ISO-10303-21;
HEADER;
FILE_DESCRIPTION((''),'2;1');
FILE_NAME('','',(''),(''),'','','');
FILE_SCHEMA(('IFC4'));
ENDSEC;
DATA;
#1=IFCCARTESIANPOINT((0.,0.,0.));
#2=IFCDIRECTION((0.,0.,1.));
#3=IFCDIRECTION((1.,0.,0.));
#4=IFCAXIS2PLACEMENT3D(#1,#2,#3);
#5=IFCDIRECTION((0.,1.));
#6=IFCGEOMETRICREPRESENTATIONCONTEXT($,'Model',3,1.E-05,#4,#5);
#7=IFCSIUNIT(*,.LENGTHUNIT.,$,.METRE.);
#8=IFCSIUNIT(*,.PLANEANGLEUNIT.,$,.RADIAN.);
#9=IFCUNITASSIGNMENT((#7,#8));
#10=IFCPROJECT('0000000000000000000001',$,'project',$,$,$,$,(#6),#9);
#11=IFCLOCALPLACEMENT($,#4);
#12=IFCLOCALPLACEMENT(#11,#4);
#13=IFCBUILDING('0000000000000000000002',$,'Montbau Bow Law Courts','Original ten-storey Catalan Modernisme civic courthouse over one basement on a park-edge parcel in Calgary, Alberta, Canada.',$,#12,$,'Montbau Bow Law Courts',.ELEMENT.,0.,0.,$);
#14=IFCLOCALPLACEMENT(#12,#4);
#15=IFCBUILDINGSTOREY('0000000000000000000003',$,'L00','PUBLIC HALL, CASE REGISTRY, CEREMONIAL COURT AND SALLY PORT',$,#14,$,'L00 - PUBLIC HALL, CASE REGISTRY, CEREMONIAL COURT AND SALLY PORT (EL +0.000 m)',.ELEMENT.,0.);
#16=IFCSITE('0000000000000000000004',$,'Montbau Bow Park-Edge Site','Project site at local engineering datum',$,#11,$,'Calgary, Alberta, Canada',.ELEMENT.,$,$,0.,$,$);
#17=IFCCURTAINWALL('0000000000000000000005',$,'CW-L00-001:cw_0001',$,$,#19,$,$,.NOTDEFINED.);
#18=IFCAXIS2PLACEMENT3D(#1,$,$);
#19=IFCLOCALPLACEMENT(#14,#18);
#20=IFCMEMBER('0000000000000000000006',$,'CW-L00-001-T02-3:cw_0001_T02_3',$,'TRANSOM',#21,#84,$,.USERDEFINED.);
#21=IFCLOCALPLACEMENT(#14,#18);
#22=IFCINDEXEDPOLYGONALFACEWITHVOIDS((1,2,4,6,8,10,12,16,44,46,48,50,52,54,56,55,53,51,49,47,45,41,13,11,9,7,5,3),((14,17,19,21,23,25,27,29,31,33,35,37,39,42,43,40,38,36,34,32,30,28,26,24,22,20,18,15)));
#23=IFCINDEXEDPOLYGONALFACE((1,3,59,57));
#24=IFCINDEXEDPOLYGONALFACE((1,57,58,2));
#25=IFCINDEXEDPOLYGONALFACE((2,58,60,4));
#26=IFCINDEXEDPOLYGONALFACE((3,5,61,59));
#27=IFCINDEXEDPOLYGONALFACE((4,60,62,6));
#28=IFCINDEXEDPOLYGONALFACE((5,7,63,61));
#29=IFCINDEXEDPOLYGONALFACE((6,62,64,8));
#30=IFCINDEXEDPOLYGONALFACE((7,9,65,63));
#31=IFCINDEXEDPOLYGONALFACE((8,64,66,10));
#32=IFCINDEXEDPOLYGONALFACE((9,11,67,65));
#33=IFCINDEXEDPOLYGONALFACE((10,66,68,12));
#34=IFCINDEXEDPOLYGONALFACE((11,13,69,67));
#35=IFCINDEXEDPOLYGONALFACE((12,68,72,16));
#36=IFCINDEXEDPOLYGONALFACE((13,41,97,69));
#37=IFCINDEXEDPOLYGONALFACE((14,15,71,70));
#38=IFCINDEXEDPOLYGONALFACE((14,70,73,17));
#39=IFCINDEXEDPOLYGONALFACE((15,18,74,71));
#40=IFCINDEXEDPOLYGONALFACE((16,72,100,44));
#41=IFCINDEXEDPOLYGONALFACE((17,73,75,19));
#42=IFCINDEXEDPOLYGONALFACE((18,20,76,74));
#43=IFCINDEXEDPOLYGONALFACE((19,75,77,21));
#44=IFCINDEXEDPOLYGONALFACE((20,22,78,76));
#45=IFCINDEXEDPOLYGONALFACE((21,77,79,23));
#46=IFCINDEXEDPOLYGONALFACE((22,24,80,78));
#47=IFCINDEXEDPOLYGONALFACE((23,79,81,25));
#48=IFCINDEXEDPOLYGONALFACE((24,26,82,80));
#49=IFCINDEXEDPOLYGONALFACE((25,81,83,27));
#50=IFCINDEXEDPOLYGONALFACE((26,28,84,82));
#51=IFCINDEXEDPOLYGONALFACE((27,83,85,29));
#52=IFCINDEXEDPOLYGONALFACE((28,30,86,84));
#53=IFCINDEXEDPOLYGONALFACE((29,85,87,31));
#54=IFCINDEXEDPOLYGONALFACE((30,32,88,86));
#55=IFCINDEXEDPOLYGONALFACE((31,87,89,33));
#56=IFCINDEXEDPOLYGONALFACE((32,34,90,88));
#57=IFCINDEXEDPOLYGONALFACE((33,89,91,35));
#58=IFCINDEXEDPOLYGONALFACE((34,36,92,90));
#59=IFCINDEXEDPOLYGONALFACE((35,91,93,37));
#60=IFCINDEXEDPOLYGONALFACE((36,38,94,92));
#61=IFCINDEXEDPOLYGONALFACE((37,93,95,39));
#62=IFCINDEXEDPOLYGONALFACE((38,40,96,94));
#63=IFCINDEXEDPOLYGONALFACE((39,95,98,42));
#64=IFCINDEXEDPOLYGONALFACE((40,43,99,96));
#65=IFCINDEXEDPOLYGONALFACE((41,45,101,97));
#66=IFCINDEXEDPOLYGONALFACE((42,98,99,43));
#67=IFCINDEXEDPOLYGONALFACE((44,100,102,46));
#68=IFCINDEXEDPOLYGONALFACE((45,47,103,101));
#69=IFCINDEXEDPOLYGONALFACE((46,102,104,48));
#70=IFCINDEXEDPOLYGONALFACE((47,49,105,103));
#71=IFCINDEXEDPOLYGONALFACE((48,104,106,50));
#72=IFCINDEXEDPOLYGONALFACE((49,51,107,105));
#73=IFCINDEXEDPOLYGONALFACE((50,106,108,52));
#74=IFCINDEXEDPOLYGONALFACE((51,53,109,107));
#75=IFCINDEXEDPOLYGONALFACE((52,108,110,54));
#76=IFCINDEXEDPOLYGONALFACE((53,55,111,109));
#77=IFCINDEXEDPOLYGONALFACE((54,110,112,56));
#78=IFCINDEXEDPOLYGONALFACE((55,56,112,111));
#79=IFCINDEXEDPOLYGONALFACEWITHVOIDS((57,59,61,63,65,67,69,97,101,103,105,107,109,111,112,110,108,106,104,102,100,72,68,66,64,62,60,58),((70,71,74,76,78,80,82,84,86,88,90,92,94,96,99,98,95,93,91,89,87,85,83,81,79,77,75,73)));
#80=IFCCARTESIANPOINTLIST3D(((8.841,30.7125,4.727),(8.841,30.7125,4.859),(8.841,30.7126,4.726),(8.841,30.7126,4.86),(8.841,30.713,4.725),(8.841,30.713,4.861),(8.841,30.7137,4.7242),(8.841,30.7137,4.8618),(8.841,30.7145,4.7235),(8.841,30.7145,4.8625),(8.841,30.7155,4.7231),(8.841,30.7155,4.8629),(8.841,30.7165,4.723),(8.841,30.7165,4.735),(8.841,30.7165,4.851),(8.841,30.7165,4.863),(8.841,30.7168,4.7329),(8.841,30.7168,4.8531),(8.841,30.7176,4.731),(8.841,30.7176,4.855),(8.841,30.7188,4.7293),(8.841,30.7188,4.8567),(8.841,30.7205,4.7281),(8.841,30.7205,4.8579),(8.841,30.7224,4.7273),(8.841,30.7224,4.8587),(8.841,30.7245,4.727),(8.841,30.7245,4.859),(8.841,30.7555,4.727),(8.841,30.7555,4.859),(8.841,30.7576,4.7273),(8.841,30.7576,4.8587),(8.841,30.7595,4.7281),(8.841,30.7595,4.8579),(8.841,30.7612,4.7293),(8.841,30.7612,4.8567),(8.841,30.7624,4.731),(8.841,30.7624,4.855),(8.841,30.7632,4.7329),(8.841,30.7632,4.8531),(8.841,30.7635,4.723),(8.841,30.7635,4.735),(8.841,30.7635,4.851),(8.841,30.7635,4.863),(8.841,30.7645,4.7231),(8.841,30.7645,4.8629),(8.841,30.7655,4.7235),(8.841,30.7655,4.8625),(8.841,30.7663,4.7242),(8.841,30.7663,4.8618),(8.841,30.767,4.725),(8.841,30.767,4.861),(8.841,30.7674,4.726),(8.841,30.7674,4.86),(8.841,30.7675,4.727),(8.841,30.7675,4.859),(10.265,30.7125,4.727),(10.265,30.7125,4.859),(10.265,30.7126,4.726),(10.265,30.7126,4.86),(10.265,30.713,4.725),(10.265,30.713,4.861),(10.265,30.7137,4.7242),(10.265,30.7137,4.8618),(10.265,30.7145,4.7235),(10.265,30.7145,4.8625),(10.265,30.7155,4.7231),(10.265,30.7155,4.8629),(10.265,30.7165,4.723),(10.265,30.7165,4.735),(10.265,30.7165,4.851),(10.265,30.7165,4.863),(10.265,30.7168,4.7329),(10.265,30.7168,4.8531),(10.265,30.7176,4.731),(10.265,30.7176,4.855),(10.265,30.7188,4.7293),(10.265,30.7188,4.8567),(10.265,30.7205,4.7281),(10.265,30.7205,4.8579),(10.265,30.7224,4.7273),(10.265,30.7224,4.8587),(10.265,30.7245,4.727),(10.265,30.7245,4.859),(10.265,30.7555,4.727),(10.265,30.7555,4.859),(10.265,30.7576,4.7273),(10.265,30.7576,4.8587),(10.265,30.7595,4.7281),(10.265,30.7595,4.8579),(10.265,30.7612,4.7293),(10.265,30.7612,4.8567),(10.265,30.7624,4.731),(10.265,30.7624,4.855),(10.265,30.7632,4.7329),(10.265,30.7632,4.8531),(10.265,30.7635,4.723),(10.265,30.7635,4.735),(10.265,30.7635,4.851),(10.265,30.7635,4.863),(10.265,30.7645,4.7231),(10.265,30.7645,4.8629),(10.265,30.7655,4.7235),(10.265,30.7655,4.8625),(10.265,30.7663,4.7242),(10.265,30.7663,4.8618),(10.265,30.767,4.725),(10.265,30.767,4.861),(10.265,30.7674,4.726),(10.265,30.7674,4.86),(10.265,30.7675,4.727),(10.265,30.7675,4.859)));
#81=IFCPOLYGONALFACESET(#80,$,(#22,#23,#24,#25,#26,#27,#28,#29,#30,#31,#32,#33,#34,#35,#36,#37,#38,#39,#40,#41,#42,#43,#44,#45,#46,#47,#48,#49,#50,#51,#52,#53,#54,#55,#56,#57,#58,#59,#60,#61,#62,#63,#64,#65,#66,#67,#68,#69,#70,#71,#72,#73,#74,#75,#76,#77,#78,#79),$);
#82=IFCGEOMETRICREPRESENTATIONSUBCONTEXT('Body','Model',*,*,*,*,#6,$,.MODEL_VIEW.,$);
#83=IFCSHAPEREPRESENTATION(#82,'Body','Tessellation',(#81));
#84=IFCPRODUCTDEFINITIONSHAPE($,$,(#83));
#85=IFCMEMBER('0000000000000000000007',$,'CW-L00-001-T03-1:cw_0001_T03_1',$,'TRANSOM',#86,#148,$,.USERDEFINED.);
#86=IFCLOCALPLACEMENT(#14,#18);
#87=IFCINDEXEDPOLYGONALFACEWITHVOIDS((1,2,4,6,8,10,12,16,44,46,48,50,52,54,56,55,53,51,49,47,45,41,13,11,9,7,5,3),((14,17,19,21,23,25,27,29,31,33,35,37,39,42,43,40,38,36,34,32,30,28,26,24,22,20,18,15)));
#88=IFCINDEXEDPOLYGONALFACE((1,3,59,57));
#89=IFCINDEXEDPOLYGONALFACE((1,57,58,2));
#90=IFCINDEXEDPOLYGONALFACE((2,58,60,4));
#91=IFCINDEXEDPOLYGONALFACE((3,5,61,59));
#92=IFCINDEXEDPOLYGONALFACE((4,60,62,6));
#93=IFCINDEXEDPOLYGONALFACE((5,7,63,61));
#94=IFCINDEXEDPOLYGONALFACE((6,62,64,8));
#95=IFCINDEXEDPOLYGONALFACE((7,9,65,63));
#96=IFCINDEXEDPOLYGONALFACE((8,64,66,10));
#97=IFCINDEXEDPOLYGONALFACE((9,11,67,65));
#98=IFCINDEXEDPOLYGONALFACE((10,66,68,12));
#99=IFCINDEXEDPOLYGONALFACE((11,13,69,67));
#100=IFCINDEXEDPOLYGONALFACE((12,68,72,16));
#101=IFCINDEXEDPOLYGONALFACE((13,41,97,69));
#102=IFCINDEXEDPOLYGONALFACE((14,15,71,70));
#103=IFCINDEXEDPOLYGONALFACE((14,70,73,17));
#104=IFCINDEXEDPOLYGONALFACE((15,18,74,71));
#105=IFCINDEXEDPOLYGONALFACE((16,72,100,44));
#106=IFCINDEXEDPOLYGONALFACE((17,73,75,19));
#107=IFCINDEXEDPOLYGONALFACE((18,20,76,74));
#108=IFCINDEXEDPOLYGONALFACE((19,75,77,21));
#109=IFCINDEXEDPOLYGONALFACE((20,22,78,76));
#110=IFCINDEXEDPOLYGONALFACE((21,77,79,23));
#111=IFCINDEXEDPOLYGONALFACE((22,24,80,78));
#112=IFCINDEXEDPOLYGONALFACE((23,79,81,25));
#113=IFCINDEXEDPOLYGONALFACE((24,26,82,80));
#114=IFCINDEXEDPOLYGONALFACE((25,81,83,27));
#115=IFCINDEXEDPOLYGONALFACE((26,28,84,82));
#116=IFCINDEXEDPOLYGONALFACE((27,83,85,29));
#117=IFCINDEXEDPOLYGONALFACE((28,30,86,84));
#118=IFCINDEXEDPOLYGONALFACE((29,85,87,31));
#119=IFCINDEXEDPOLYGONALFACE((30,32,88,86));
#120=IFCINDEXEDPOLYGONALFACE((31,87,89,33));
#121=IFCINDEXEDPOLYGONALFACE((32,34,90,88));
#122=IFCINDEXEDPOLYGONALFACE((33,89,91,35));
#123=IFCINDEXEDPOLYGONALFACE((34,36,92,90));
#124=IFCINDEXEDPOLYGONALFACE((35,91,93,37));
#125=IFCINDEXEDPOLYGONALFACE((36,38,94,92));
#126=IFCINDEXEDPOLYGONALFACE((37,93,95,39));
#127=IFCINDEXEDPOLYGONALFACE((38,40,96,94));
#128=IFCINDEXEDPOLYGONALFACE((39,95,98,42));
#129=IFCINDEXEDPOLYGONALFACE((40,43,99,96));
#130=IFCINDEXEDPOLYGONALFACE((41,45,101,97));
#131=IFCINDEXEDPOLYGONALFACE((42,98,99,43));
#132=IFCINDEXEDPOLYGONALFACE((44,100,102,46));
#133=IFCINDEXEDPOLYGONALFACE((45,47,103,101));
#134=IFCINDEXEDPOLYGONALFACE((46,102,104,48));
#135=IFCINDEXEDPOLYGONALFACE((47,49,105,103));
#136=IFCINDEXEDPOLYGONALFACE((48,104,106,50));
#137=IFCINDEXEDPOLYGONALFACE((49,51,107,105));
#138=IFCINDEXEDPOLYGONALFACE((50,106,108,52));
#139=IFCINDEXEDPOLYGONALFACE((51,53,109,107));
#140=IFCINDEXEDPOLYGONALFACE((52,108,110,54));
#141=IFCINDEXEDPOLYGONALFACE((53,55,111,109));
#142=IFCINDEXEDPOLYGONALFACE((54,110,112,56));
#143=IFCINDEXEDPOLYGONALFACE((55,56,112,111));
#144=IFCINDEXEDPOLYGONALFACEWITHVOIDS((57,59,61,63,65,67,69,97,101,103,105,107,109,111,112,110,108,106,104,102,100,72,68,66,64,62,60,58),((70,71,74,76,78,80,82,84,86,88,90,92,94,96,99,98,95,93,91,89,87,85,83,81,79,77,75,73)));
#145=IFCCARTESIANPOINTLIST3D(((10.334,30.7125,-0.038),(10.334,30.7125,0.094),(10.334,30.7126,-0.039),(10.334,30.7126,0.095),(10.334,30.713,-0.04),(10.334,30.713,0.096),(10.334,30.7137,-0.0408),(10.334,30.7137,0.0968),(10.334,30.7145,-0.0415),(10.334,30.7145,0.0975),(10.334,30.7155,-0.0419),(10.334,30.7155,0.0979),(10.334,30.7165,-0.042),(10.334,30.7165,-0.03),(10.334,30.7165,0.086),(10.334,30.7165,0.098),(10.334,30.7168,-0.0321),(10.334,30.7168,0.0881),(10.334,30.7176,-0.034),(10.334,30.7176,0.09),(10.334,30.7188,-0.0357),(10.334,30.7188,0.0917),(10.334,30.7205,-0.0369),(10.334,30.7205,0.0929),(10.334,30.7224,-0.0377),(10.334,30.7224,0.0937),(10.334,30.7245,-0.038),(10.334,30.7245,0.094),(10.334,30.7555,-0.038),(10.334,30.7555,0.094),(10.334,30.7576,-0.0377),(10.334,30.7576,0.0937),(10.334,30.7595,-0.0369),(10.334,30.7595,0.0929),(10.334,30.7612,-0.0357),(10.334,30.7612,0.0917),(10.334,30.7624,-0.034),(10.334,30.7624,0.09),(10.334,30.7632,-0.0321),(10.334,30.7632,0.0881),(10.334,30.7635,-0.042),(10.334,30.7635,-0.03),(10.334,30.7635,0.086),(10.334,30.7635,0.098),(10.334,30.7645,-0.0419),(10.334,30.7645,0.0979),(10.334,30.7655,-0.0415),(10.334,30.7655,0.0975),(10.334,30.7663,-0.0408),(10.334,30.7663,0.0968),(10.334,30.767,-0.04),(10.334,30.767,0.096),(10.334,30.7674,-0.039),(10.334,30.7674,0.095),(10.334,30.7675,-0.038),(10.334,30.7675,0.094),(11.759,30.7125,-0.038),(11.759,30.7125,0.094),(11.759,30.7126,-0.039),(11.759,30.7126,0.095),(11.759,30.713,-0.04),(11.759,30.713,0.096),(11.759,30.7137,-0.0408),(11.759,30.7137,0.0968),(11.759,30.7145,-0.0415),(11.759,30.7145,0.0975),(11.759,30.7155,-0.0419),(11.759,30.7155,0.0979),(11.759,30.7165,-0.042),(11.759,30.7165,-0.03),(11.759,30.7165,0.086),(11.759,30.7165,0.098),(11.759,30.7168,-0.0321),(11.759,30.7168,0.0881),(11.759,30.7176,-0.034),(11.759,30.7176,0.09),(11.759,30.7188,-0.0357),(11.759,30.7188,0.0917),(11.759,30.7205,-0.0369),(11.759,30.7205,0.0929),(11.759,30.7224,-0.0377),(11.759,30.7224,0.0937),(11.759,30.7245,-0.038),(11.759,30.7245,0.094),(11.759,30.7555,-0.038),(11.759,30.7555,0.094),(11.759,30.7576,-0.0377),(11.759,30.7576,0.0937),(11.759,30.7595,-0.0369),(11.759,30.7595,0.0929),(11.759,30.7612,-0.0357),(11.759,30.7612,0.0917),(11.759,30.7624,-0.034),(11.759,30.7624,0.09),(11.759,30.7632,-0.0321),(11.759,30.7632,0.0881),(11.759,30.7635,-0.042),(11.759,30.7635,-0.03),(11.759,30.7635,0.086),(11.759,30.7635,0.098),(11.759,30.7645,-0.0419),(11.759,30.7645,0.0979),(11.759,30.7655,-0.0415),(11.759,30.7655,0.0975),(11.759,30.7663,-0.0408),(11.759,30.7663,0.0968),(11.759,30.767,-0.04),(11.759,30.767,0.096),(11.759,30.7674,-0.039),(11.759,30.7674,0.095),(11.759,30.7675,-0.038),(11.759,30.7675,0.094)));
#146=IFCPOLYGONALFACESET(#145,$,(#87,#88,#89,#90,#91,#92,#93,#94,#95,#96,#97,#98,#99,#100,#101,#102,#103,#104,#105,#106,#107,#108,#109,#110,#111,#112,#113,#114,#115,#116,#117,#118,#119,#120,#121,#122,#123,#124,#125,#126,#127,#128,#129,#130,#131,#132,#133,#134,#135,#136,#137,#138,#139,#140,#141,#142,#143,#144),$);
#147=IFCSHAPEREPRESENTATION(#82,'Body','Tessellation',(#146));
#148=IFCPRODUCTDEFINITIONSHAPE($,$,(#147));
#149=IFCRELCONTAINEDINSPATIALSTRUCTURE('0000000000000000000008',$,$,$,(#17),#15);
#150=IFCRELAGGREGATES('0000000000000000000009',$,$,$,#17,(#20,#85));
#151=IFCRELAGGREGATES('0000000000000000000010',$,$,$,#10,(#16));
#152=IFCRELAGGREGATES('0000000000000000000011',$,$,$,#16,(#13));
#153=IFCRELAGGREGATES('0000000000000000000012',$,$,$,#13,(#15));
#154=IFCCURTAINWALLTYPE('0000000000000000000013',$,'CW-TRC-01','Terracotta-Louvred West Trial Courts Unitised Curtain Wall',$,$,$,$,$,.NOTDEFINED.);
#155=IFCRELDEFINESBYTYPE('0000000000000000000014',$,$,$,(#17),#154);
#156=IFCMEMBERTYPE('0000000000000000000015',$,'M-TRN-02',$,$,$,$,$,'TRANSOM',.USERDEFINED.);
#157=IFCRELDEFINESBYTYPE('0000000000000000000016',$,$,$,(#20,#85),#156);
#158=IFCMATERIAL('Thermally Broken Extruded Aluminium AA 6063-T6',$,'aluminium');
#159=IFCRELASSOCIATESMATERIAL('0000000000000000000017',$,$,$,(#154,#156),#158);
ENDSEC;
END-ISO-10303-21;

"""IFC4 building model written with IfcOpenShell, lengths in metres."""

from ifc_helpers import new_model, si_unit, direction, frame, origin_with_axes, origin_2d_with_axis, place, context, subcontext, project, spatial, hollow_rectangle, extrude, material, material_profile, profile_set, type_object, element, aggregate, save


model = new_model("IFC4")

# Units and contexts
model_context = context("Model", 3, precision=1e-05, world=origin_with_axes(), true_north=direction((0.0, 1.0)))
body_context = subcontext(model_context, "Body", "Model", "MODEL_VIEW")
ifc_project = project(units=[si_unit("LENGTHUNIT", "METRE"), si_unit("PLANEANGLEUNIT", "RADIAN")], contexts=[model_context])

# Site, building, storey
site_placement = place(None, origin_with_axes())
site = spatial("IfcSite", under=ifc_project, at=site_placement, Name="Montbau Bow Park-Edge Site", Description="Project site at local engineering datum", LongName="Calgary, Alberta, Canada", CompositionType="ELEMENT", RefElevation=0.0)
building_placement = place(site_placement, origin_with_axes())
building = spatial("IfcBuilding", under=site, at=building_placement, Name="Montbau Bow Law Courts", Description="Original ten-storey Catalan Modernisme civic courthouse over one basement on a park-edge parcel in Calgary, Alberta, Canada.", LongName="Montbau Bow Law Courts", CompositionType="ELEMENT", ElevationOfRefHeight=0.0, ElevationOfTerrain=0.0)
storey_placement = place(building_placement, origin_with_axes())
storey = spatial("IfcBuildingStorey", under=building, at=storey_placement, Name="L00", Description="PUBLIC HALL, CASE REGISTRY, CEREMONIAL COURT AND SALLY PORT", LongName="L00 - PUBLIC HALL, CASE REGISTRY, CEREMONIAL COURT AND SALLY PORT (EL +0.000 m)", CompositionType="ELEMENT", Elevation=0.0)

# Curtain wall
ifc_material_1 = material(Name="Thermally Broken Extruded Aluminium AA 6063-T6", Category="aluminium")
curtain_wall_type = type_object("IfcCurtainWallType", Name="CW-TRC-01", Description="Terracotta-Louvred West Trial Courts Unitised Curtain Wall", PredefinedType="NOTDEFINED", material=ifc_material_1)
curtain_wall_1_placement = place(None, frame((7.315, 30.74, 0.0), z_axis=(0.0, 0.0, 1.0), x_axis=(1.0, 0.0, 0.0)))
curtain_wall_1 = element("IfcCurtainWall", 1, at=curtain_wall_1_placement, inside=storey, type_object=curtain_wall_type, Name="CW-L00-001:cw_0001", PredefinedType="NOTDEFINED")

# Members
ifc_material_profile_1 = material_profile(ifc_material_1, hollow_rectangle(XDim=0.055, YDim=0.14, WallThickness=0.004, InnerFilletRadius=0.008, OuterFilletRadius=0.004, at=origin_2d_with_axis()), Name="CWT-140X55", Category="Main", Priority=0)
ifc_profile_set_1 = profile_set([ifc_material_profile_1], Name="Thermally Broken Extruded Aluminium AA 6063-T6")
member_type_1 = type_object("IfcMemberType", Name="M-TRN-02", ElementType="TRANSOM", PredefinedType="USERDEFINED", material=ifc_profile_set_1)
member_1_placement = place(None, frame((8.841, 30.74, 4.793), z_axis=(1.0, 0.0, 0.0), x_axis=(0.0, 1.0, 0.0)))
member_1 = element("IfcMember", 2, at=member_1_placement, type_object=member_type_1, Name="CW-L00-001-T02-3:cw_0001_T02_3", ObjectType="TRANSOM", PredefinedType="USERDEFINED", context=body_context, shape_type="SweptSolid", body=[
    extrude(hollow_rectangle(XDim=0.055, YDim=0.14, WallThickness=0.004, InnerFilletRadius=0.008, OuterFilletRadius=0.004, at=origin_2d_with_axis()), origin_with_axes(), (0.0, 0.0, 1.0), 1.424),
])
member_2_placement = place(None, frame((10.334, 30.74, 0.028), z_axis=(1.0, 0.0, 0.0), x_axis=(0.0, 1.0, 0.0)))
member_2 = element("IfcMember", 3, at=member_2_placement, type_object=member_type_1, Name="CW-L00-001-T03-1:cw_0001_T03_1", ObjectType="TRANSOM", PredefinedType="USERDEFINED", context=body_context, shape_type="SweptSolid", body=[
    extrude(hollow_rectangle(XDim=0.055, YDim=0.14, WallThickness=0.004, InnerFilletRadius=0.008, OuterFilletRadius=0.004, at=origin_2d_with_axis()), origin_with_axes(), (0.0, 0.0, 1.0), 1.425),
])

aggregate(curtain_wall_1, [member_1, member_2])

save(model, "model.ifc")
